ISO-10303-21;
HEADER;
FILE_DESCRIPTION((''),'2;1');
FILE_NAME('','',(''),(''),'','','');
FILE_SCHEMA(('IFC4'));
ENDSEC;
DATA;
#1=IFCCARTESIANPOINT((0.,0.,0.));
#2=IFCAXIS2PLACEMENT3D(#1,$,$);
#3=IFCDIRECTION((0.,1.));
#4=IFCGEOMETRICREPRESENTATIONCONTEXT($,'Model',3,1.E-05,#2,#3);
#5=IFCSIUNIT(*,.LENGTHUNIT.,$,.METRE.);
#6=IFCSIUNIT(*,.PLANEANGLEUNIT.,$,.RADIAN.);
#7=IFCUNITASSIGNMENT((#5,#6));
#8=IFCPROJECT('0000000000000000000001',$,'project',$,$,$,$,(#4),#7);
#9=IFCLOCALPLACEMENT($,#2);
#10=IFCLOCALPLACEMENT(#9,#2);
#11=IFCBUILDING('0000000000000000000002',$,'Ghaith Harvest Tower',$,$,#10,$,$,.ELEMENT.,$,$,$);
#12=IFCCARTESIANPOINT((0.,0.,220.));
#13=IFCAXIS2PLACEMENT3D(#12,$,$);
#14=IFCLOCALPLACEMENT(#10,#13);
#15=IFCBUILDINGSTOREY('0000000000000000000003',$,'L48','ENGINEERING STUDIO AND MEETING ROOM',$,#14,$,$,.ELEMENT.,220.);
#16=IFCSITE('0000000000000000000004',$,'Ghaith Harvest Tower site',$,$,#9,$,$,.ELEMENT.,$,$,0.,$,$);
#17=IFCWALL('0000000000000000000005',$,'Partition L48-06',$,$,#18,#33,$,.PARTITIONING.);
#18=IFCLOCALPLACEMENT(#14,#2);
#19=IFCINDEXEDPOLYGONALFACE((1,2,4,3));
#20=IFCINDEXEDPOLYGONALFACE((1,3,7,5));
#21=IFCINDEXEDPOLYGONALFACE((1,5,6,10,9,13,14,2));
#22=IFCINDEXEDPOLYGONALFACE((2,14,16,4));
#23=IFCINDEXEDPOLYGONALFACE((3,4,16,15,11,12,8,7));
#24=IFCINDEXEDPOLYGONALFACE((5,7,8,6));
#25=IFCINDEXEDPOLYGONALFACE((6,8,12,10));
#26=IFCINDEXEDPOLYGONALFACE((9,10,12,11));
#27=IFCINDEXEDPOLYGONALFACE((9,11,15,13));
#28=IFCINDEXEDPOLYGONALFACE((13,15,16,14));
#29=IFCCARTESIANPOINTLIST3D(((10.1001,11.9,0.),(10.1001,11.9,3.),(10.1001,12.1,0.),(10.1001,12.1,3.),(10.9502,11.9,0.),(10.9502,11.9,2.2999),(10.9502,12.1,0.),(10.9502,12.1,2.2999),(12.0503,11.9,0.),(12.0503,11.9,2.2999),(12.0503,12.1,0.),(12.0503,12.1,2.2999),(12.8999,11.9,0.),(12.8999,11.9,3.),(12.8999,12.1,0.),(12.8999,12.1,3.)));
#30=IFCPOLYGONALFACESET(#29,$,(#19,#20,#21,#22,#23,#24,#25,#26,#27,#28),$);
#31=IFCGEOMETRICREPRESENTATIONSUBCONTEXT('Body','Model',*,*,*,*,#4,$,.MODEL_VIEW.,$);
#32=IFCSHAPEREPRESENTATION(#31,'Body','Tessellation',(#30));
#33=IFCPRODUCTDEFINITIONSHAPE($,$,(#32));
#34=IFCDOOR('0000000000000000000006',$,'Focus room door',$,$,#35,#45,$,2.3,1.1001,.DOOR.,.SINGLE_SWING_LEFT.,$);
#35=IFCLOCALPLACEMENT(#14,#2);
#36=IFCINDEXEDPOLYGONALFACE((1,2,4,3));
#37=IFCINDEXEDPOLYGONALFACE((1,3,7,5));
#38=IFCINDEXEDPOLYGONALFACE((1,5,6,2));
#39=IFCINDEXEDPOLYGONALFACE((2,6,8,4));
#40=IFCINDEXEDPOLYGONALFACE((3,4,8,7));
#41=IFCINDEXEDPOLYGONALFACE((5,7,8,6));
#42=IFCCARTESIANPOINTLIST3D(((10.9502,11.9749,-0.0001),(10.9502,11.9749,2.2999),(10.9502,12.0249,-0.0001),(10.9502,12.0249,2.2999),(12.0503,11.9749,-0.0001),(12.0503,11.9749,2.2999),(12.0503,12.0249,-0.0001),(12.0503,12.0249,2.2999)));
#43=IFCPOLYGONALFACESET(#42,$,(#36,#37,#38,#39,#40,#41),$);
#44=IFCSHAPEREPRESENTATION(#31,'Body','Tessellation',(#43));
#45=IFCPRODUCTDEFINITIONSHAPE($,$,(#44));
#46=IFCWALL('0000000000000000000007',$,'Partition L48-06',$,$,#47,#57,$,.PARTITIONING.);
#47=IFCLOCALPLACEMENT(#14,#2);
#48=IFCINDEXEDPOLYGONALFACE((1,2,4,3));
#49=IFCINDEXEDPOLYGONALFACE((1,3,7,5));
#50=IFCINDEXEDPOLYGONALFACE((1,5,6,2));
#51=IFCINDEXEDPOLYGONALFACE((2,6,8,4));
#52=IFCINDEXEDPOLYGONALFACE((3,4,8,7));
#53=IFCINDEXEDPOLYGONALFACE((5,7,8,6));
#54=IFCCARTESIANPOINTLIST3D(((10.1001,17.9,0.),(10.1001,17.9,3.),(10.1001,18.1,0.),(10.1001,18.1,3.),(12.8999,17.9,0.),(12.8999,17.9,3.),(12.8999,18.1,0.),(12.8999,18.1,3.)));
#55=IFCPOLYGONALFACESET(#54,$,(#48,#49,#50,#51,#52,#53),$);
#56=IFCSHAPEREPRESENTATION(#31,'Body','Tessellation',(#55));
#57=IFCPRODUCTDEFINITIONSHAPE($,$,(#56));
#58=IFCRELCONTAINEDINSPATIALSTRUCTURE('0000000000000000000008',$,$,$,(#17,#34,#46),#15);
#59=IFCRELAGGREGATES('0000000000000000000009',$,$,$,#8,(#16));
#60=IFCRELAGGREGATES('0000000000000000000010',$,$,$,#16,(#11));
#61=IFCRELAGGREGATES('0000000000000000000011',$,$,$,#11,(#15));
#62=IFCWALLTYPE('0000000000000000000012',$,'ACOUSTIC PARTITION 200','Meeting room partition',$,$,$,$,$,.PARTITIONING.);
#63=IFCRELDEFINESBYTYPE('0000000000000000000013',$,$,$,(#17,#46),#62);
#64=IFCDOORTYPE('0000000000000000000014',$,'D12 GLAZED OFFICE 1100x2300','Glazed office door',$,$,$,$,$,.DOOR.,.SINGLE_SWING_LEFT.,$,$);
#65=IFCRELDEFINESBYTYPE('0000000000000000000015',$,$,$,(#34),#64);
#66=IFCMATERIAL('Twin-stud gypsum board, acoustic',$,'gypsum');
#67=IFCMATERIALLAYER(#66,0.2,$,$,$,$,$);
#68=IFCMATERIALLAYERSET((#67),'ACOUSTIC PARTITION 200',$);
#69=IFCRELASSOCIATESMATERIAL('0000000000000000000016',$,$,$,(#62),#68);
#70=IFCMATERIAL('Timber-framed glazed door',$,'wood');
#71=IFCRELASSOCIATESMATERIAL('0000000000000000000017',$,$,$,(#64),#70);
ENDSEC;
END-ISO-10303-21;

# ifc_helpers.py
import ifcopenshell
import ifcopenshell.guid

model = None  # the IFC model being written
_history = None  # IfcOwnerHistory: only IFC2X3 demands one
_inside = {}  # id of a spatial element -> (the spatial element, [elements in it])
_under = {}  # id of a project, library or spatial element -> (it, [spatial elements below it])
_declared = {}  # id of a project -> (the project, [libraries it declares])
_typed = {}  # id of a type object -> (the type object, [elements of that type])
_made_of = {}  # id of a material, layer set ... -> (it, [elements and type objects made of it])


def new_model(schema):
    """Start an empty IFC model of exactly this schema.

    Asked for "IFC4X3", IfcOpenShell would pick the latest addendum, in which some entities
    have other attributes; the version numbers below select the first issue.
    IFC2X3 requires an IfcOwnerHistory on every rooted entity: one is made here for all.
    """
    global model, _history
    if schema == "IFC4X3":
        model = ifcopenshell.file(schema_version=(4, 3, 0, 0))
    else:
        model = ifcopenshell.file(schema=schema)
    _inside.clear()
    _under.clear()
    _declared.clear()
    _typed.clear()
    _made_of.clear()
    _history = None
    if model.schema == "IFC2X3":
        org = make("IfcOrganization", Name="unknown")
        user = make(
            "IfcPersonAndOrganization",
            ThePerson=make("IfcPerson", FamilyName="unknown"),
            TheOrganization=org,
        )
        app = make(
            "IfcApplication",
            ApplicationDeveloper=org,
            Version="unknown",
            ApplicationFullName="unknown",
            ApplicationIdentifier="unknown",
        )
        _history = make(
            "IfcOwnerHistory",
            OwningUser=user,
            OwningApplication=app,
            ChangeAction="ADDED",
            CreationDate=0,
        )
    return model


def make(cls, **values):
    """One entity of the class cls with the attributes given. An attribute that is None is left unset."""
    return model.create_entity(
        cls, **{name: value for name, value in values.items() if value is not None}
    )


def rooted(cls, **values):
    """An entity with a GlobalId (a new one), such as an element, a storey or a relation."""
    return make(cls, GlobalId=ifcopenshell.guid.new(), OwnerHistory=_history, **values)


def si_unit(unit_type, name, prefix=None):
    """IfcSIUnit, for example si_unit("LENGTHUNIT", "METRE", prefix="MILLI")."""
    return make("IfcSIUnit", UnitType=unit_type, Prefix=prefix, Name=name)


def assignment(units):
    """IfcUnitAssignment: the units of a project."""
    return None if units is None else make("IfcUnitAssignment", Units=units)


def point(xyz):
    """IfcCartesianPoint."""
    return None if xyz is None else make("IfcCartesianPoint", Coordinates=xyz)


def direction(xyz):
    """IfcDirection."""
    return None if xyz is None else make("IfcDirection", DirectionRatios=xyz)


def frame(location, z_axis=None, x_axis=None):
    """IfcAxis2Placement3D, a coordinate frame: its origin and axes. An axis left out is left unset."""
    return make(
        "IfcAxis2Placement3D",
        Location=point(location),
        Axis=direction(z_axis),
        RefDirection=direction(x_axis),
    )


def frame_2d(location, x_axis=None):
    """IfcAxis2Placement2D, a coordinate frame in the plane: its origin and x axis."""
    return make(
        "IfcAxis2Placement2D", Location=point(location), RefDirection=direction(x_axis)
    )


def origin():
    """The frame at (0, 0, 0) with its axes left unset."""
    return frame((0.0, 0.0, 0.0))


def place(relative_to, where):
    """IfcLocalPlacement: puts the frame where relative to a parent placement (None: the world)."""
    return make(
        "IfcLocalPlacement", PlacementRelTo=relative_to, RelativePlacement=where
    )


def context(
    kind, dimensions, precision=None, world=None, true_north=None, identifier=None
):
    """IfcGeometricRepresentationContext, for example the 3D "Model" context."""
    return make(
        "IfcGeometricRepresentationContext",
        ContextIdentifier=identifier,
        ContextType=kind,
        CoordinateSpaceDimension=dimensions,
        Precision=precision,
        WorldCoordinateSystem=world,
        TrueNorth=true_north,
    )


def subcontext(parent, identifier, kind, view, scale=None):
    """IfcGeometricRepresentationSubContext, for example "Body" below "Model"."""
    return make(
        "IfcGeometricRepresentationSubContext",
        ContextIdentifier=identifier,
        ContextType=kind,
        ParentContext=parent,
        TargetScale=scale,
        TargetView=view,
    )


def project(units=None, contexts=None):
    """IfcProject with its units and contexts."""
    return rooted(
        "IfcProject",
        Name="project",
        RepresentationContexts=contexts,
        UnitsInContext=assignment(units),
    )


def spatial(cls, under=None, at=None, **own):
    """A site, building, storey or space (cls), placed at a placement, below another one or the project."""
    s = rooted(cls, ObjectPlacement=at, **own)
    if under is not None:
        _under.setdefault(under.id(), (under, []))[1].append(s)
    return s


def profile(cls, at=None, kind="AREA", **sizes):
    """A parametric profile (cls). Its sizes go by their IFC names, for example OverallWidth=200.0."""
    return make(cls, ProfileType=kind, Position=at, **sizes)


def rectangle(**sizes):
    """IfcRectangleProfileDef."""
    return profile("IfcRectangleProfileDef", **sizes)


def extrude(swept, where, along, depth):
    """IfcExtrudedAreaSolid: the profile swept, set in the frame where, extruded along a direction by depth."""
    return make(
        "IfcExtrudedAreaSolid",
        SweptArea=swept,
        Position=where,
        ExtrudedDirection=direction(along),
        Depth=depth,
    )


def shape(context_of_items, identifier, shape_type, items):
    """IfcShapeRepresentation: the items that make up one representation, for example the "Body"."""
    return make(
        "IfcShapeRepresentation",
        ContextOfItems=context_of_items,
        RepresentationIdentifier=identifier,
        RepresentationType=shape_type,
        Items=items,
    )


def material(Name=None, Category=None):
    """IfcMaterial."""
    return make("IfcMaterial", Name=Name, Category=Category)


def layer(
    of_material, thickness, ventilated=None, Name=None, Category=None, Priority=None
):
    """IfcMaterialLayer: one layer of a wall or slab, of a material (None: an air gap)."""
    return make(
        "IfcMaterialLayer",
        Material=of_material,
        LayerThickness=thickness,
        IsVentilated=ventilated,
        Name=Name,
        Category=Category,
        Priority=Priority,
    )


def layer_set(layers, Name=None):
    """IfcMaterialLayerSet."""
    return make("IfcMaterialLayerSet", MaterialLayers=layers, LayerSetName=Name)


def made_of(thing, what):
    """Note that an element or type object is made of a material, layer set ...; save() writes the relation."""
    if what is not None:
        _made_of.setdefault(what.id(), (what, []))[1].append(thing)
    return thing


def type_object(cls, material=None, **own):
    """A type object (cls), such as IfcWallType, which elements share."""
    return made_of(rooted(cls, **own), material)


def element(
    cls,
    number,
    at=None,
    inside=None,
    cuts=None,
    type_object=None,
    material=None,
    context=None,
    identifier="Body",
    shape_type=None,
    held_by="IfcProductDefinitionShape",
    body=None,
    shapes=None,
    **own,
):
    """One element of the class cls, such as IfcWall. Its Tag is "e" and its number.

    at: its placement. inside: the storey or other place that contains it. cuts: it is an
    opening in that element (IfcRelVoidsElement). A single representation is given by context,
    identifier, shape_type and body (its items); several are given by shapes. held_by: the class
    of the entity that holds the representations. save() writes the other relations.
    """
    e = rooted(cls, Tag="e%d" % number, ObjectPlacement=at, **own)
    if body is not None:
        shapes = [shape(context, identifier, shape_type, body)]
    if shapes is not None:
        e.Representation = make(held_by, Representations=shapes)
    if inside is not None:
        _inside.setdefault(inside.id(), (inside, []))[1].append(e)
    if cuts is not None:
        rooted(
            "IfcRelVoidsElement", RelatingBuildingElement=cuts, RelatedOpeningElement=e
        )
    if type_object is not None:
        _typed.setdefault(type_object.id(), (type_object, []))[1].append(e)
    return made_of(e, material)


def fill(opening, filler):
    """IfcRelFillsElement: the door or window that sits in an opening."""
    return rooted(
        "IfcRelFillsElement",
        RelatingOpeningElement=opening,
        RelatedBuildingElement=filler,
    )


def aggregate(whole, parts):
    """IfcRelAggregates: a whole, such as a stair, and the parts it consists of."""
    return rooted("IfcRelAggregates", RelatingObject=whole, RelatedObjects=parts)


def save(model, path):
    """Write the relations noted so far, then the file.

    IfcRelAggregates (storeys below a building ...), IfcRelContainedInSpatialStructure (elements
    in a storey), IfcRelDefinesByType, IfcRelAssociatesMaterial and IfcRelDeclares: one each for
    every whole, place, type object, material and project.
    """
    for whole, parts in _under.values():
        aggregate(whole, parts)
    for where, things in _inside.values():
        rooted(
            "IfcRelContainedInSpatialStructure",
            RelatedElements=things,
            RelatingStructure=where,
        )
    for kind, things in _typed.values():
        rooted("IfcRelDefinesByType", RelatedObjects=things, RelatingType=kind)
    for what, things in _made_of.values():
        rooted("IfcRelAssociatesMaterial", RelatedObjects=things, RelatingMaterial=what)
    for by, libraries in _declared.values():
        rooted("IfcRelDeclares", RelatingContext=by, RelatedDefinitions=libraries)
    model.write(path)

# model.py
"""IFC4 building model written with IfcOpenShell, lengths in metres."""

from ifc_helpers import new_model, si_unit, direction, frame, frame_2d, origin, place, context, subcontext, project, spatial, rectangle, extrude, material, layer, layer_set, type_object, element, fill, save


model = new_model("IFC4")

# Units and contexts
model_context = context("Model", 3, precision=1e-05, world=origin(), true_north=direction((0.0, 1.0)))
body_context = subcontext(model_context, "Body", "Model", "MODEL_VIEW")
ifc_project = project(units=[si_unit("LENGTHUNIT", "METRE"), si_unit("PLANEANGLEUNIT", "RADIAN")], contexts=[model_context])

# Site, building, storey
site_placement = place(None, origin())
site = spatial("IfcSite", under=ifc_project, at=site_placement, Name="Ghaith Harvest Tower site", CompositionType="ELEMENT", RefElevation=0.0)
building_placement = place(site_placement, origin())
building = spatial("IfcBuilding", under=site, at=building_placement, Name="Ghaith Harvest Tower", CompositionType="ELEMENT")
storey_placement = place(building_placement, frame((0.0, 0.0, 220.0)))
storey = spatial("IfcBuildingStorey", under=building, at=storey_placement, Name="L48", Description="ENGINEERING STUDIO AND MEETING ROOM", CompositionType="ELEMENT", Elevation=220.0)

# Shared definitions
ifc_material_1 = material(Name="Twin-stud gypsum board, acoustic", Category="gypsum")
ifc_layer_1 = layer(ifc_material_1, 0.2)
ifc_layer_set_1 = layer_set([ifc_layer_1], Name="ACOUSTIC PARTITION 200")
wall_type = type_object("IfcWallType", Name="ACOUSTIC PARTITION 200", Description="Meeting room partition", PredefinedType="PARTITIONING", material=ifc_layer_set_1)

# Shared definitions
ifc_material_2 = material(Name="Timber-framed glazed door", Category="wood")
door_type = type_object("IfcDoorType", Name="D12 GLAZED OFFICE 1100x2300", Description="Glazed office door", OperationType="SINGLE_SWING_LEFT", PredefinedType="DOOR", material=ifc_material_2)

# Wall, opening, door
wall_1_placement = place(storey_placement, frame((10.1001, 12.0, 0.0), z_axis=(0.0, 0.0, 1.0), x_axis=(1.0, 0.0, 0.0)))
wall_1 = element("IfcWall", 1, at=wall_1_placement, inside=storey, type_object=wall_type, Name="Partition L48-06", PredefinedType="PARTITIONING", context=body_context, shape_type="SweptSolid", body=[
    extrude(rectangle(XDim=2.7998, YDim=0.2, at=frame_2d((1.3999, 0.0))), origin(), (0.0, 0.0, 1.0), 3.0),
])
opening_1_placement = place(wall_1_placement, frame((0.8501, 0.0, 0.0)))
opening_1 = element("IfcOpeningElement", 2, at=opening_1_placement, cuts=wall_1, PredefinedType="OPENING", context=body_context, shape_type="SweptSolid", body=[
    extrude(rectangle(XDim=1.1001, YDim=2.3, at=frame_2d((0.55, 1.1499))), frame((0.0, 0.1099, 0.0), z_axis=(0.0, -1.0, 0.0), x_axis=(1.0, 0.0, 0.0)), (0.0, 0.0, 1.0), 0.22),
])
door_1_placement = place(opening_1_placement, origin())
door_1 = element("IfcDoor", 3, at=door_1_placement, inside=storey, type_object=door_type, Name="Focus room door", OperationType="SINGLE_SWING_LEFT", OverallHeight=2.3, OverallWidth=1.1001, PredefinedType="DOOR", context=body_context, shape_type="SweptSolid", body=[
    extrude(rectangle(XDim=1.1001, YDim=2.3, at=frame_2d((0.55, 1.1499))), frame((0.0, 0.0249, 0.0), z_axis=(0.0, -1.0, 0.0), x_axis=(1.0, 0.0, 0.0)), (0.0, 0.0, 1.0), 0.05),
])
fill(opening_1, door_1)

# Wall
wall_2_placement = place(storey_placement, frame((10.1001, 18.0, 0.0), z_axis=(0.0, 0.0, 1.0), x_axis=(1.0, 0.0, 0.0)))
element("IfcWall", 4, at=wall_2_placement, inside=storey, type_object=wall_type, Name="Partition L48-06", PredefinedType="PARTITIONING", context=body_context, shape_type="SweptSolid", body=[
    extrude(rectangle(XDim=2.7998, YDim=0.2, at=frame_2d((1.3999, 0.0))), origin(), (0.0, 0.0, 1.0), 3.0),
])

save(model, "model.ifc")
